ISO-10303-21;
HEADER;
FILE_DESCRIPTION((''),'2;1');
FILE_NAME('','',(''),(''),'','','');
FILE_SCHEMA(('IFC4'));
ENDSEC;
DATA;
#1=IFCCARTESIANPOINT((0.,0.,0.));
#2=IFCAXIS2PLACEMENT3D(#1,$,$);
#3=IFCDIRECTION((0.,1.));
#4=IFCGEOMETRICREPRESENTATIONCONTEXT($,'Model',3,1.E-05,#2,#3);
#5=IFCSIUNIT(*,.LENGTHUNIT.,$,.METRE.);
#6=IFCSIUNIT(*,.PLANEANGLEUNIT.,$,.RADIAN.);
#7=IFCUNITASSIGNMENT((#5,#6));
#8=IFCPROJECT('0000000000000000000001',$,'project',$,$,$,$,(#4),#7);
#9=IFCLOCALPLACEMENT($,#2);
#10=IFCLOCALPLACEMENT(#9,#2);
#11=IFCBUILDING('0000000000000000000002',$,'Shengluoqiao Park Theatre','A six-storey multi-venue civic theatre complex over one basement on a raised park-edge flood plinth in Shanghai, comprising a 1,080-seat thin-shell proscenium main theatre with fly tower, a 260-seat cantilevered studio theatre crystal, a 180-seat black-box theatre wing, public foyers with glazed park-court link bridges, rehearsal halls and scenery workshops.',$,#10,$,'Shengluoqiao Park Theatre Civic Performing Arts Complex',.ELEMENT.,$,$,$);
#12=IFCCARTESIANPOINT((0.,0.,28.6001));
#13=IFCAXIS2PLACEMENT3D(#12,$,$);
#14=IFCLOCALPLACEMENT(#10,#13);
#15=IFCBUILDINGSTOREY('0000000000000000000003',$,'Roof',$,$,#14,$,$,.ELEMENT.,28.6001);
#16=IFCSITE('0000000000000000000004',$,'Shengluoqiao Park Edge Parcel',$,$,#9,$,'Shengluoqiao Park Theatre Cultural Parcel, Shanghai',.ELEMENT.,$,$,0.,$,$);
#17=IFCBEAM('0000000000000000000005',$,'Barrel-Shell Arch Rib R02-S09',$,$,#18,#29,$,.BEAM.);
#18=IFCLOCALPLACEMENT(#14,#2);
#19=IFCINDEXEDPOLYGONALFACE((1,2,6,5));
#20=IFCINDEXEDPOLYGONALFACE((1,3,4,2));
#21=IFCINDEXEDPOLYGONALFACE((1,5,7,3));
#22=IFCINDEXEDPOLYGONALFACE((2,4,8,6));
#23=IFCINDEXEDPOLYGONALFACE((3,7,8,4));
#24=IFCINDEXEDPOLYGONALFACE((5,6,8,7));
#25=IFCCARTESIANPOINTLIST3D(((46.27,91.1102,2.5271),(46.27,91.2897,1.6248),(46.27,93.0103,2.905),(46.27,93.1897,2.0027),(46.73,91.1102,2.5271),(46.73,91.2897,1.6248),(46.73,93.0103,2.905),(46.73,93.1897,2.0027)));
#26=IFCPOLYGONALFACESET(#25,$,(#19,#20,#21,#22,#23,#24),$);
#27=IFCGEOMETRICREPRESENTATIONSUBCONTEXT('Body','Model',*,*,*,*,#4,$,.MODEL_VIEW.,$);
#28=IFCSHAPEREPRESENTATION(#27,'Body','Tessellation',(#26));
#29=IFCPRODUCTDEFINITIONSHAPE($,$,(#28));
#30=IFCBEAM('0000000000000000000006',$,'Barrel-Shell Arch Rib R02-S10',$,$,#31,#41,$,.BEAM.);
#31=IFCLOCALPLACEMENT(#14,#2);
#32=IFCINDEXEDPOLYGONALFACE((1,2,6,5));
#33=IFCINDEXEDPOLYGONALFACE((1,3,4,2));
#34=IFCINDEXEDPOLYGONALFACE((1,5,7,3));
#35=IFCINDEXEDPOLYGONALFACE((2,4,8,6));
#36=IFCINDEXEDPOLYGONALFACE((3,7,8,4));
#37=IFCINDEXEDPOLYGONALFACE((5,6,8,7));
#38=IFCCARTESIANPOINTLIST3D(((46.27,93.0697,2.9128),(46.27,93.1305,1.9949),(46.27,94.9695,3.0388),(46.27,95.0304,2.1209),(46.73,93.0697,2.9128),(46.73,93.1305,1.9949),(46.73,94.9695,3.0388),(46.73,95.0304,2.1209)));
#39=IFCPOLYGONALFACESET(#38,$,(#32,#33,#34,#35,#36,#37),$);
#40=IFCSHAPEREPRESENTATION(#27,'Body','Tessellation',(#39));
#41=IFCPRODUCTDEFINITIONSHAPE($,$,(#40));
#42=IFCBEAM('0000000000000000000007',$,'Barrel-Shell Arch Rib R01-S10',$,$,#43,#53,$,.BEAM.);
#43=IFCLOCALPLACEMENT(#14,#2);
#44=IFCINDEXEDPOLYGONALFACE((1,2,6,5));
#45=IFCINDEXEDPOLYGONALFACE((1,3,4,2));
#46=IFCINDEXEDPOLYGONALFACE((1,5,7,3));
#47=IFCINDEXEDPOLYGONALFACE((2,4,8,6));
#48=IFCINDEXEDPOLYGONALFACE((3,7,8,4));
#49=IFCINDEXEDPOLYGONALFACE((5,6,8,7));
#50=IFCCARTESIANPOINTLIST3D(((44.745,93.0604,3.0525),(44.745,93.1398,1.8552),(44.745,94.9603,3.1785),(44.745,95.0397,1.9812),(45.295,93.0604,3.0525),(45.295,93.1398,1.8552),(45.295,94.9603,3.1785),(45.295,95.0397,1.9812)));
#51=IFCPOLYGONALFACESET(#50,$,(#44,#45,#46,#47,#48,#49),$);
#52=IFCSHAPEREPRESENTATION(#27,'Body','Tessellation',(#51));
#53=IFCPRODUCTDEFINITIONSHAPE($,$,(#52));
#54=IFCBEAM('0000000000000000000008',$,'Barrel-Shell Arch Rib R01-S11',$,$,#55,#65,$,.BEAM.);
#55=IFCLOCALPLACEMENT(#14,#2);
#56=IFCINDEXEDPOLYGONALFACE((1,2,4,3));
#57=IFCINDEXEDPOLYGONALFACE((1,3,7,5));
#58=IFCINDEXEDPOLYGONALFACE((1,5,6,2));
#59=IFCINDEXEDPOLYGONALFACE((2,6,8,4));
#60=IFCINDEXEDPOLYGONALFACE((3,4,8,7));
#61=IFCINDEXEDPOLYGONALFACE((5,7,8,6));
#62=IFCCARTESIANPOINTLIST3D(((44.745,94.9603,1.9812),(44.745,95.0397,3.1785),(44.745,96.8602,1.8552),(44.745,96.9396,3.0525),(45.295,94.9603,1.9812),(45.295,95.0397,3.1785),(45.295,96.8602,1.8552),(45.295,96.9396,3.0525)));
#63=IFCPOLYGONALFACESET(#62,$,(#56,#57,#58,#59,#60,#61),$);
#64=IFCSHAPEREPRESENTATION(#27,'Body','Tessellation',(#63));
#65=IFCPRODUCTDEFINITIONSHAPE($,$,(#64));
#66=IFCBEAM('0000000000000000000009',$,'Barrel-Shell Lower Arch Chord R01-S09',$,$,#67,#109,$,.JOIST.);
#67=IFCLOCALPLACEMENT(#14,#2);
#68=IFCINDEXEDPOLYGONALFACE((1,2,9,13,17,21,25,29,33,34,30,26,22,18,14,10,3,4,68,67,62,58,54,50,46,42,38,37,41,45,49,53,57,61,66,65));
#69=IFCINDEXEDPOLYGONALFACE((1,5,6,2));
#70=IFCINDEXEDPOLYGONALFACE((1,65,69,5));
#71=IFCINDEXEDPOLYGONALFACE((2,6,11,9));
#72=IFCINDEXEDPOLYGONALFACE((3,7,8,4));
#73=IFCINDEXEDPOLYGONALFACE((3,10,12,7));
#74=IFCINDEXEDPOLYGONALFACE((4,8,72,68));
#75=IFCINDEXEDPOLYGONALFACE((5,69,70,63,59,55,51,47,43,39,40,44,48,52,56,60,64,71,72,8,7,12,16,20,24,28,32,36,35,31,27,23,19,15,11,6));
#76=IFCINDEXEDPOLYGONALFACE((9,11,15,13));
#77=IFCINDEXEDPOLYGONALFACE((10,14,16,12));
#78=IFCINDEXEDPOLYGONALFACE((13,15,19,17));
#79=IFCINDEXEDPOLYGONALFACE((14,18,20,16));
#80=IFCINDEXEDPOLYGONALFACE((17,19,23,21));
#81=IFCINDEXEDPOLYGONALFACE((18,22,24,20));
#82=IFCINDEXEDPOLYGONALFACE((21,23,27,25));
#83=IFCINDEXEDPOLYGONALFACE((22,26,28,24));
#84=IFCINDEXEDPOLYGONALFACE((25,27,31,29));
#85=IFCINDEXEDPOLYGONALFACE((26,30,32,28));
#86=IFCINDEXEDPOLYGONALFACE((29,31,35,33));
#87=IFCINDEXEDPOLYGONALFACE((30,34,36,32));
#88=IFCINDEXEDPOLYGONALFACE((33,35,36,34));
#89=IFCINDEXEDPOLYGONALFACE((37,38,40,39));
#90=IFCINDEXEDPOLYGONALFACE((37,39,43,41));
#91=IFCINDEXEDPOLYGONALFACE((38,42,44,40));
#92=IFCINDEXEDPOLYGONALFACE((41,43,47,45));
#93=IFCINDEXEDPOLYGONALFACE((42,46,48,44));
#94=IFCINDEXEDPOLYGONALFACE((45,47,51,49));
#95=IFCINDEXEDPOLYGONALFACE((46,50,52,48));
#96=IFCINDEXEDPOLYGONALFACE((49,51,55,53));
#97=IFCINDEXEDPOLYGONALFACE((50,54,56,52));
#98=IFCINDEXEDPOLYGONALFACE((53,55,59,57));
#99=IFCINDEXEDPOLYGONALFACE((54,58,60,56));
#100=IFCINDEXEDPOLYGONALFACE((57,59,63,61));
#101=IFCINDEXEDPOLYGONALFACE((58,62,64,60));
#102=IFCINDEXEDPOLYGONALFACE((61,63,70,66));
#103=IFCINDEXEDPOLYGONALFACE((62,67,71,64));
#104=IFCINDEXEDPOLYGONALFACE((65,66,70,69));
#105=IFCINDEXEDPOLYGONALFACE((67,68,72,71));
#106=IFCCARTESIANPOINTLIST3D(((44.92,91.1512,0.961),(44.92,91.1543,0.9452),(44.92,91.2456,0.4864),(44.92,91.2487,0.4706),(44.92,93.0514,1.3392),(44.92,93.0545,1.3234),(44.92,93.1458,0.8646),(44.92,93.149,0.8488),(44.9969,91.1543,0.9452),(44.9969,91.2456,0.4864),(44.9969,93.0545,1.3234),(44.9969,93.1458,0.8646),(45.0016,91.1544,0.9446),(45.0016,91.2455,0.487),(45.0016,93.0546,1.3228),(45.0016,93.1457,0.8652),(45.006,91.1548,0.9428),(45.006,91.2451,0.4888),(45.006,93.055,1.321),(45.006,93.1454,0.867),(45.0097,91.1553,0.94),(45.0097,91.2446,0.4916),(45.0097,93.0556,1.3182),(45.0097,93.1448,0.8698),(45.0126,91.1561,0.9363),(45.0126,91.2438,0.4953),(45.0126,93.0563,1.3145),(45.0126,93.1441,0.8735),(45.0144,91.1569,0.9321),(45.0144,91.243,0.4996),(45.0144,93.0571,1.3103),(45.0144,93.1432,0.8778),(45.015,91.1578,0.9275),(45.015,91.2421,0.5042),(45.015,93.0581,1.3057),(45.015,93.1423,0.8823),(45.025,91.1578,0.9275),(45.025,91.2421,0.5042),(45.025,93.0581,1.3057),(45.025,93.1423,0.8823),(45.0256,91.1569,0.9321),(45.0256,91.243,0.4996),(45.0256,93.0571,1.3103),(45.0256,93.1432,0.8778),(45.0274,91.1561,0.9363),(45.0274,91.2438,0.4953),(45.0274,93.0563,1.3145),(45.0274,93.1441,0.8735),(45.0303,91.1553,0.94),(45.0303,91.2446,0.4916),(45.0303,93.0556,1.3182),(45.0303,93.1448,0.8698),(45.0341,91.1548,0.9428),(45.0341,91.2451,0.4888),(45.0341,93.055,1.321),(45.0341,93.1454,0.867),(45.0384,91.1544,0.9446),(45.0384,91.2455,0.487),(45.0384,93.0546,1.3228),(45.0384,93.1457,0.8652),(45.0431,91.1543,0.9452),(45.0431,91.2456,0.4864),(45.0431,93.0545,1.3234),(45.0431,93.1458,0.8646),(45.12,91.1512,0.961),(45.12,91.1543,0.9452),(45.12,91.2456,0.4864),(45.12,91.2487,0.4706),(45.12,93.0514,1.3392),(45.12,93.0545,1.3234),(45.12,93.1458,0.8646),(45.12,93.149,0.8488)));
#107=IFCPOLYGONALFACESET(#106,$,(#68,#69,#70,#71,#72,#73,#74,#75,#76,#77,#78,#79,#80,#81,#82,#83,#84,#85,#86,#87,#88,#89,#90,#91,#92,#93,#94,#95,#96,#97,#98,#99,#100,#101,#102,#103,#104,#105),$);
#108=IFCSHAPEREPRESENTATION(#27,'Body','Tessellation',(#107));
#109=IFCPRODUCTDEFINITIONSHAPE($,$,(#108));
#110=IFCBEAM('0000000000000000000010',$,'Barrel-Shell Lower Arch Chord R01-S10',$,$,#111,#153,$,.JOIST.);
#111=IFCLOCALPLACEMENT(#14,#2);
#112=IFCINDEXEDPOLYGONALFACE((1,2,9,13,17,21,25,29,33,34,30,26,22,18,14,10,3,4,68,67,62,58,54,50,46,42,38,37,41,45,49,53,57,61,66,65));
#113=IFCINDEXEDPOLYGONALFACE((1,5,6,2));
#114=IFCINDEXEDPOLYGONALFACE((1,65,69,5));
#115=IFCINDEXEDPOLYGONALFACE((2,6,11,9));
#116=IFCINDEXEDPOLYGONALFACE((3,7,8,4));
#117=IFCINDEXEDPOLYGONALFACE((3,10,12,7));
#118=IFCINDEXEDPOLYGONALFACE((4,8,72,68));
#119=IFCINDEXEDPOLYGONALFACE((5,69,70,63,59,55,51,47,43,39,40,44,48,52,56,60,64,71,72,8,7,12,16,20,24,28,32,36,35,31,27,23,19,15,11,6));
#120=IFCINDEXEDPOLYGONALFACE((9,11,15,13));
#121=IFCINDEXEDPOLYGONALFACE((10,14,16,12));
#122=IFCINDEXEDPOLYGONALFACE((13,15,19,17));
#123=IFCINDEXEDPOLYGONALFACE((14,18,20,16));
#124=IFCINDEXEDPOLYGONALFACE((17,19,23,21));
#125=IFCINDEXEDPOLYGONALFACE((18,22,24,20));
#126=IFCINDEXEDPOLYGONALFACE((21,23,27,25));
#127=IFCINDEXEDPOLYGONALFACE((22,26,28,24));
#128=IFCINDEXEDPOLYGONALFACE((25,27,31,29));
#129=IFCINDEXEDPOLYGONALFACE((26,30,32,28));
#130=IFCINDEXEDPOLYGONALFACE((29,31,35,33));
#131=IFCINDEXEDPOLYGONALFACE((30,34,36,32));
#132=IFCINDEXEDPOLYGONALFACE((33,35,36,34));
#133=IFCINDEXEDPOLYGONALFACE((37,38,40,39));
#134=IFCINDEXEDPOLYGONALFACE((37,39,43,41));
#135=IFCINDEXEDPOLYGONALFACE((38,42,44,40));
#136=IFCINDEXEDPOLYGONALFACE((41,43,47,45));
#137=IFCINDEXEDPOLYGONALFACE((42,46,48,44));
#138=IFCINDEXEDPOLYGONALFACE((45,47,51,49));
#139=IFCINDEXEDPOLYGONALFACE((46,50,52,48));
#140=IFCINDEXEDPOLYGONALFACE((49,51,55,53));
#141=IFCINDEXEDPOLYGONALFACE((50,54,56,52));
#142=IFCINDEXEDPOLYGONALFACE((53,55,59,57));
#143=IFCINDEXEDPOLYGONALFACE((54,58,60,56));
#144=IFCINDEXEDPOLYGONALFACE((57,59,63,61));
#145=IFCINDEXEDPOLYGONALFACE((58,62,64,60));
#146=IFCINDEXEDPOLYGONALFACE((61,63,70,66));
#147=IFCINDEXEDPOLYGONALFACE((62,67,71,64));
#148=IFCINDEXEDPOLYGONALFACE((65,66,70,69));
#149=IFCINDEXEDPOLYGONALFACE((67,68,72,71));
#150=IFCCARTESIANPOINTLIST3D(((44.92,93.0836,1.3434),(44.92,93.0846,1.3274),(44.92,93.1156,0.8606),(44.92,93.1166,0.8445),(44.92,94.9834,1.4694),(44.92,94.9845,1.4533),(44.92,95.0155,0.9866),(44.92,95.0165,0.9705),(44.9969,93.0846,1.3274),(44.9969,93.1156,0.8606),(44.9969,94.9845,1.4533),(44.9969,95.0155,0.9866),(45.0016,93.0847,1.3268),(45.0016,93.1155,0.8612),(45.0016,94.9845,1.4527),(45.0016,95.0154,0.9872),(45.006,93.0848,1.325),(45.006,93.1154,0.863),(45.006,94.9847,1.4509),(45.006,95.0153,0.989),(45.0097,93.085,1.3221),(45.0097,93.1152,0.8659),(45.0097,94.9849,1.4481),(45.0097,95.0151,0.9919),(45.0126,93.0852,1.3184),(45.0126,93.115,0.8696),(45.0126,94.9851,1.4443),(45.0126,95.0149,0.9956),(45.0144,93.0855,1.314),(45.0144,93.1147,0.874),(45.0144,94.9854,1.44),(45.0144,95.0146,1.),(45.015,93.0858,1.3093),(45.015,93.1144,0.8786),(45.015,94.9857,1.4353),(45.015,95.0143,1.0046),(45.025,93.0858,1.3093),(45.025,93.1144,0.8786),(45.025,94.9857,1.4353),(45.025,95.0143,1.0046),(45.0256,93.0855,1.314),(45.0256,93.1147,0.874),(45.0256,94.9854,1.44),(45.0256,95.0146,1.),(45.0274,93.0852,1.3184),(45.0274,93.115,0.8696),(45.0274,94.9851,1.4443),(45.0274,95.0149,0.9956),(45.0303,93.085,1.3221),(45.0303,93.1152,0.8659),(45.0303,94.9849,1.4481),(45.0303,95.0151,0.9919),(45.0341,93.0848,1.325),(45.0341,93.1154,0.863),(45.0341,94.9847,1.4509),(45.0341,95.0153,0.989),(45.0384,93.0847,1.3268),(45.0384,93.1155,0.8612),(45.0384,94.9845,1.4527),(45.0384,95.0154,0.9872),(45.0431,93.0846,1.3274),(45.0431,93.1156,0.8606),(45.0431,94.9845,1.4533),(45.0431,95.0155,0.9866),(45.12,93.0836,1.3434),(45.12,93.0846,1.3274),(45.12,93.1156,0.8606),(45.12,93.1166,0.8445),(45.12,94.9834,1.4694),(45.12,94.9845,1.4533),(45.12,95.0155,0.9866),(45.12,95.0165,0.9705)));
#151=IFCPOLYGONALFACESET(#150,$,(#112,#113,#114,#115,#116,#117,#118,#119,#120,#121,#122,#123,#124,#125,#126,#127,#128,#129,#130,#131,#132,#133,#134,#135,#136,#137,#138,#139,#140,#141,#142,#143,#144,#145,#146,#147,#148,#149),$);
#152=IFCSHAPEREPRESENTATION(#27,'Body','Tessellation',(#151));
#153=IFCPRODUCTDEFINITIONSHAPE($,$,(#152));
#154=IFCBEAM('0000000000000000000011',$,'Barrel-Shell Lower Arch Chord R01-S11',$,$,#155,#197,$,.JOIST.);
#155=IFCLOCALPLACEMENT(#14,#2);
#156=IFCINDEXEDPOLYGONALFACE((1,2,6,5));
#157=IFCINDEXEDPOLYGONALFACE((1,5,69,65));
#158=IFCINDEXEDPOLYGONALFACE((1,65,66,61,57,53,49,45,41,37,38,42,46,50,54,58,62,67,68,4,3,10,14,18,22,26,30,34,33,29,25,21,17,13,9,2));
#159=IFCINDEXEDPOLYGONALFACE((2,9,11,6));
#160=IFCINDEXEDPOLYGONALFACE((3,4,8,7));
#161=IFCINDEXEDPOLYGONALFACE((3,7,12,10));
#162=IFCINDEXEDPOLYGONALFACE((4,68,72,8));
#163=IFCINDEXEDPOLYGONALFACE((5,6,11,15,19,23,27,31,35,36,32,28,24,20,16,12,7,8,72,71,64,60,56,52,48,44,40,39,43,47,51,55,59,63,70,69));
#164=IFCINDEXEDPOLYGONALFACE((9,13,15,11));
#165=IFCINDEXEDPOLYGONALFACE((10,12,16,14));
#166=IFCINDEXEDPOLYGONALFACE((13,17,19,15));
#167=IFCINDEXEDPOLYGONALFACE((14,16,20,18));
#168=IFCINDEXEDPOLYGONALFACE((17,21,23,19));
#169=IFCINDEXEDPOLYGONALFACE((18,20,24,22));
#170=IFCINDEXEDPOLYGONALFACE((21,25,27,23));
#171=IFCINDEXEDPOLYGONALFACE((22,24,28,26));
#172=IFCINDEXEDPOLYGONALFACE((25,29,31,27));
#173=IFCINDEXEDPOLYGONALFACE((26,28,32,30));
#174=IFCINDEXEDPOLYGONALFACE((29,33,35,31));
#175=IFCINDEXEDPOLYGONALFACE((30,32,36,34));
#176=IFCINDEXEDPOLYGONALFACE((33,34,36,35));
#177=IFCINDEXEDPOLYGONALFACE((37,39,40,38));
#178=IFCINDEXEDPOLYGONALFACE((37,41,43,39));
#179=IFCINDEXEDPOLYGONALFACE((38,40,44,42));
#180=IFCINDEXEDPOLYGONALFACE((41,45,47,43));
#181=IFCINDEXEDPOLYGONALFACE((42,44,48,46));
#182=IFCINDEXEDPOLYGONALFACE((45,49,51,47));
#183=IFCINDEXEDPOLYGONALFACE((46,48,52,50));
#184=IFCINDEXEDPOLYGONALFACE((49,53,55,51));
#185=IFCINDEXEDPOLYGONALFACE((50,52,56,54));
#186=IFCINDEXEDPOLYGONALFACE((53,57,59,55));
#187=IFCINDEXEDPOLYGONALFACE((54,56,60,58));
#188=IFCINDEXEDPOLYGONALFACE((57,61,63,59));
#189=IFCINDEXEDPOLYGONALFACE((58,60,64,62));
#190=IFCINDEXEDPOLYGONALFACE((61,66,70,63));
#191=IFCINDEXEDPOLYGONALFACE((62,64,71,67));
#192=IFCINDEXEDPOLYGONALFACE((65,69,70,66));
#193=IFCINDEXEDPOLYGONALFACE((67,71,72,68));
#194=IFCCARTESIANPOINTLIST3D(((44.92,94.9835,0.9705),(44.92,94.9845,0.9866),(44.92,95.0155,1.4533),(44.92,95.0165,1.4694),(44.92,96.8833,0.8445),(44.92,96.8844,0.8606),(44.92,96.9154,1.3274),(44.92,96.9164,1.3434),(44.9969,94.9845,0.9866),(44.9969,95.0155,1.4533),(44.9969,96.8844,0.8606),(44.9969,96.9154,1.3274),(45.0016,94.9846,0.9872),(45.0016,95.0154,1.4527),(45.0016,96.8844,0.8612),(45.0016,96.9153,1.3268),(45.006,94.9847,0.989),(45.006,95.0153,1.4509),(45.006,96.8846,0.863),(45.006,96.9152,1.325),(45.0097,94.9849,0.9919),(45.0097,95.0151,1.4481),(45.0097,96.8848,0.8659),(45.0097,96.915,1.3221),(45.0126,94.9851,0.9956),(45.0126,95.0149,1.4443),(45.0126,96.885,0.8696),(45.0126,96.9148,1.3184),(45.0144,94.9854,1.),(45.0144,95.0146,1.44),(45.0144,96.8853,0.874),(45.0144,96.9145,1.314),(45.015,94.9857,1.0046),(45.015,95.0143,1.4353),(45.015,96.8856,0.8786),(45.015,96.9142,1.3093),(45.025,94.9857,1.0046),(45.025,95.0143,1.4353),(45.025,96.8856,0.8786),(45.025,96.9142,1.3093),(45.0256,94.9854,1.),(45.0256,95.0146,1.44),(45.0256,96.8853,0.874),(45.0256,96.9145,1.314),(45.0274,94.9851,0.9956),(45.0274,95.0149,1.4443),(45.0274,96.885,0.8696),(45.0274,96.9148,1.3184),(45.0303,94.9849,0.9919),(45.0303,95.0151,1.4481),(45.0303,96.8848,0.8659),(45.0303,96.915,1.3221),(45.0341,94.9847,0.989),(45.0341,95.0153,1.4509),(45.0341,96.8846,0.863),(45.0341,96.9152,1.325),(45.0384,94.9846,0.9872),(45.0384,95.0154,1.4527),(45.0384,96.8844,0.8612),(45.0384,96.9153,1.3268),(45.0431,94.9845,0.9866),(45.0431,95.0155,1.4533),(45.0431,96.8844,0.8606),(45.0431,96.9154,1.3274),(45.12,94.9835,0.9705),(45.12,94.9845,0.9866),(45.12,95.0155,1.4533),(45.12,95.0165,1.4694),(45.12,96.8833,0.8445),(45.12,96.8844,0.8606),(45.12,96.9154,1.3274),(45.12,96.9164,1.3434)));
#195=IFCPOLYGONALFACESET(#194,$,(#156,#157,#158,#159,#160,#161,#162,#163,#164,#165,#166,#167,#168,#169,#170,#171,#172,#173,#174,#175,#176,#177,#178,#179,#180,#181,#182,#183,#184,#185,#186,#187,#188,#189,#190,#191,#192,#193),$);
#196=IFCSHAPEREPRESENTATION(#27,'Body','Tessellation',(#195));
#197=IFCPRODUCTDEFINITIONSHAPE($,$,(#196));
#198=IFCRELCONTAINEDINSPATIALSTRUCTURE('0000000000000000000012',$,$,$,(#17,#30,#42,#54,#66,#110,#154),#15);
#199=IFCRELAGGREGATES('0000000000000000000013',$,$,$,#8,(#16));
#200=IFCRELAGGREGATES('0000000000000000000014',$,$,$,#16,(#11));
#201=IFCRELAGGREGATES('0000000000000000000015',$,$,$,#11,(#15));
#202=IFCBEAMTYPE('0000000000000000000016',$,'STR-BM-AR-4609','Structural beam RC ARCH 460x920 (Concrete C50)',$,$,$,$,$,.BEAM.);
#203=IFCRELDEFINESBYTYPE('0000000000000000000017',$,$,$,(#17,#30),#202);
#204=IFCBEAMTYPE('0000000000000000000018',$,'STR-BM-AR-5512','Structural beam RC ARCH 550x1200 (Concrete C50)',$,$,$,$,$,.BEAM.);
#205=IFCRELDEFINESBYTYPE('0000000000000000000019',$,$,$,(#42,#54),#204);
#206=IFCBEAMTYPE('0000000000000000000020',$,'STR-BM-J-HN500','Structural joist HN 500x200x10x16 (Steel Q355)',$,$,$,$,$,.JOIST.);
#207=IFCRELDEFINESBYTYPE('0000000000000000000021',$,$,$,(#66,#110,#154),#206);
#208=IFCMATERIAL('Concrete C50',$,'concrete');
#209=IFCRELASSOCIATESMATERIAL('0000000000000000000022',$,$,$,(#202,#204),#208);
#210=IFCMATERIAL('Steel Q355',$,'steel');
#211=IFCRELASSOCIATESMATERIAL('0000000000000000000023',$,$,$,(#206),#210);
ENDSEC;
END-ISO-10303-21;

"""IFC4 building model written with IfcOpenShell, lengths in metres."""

from ifc_helpers import new_model, si_unit, direction, frame, origin, origin_2d, place, context, subcontext, project, spatial, rectangle, i_section, extrude, material, material_profile, profile_set, type_object, element, save


model = new_model("IFC4")

# Units and contexts
model_context = context("Model", 3, precision=1e-05, world=origin(), true_north=direction((0.0, 1.0)))
body_context = subcontext(model_context, "Body", "Model", "MODEL_VIEW")
ifc_project = project(units=[si_unit("LENGTHUNIT", "METRE"), si_unit("PLANEANGLEUNIT", "RADIAN")], contexts=[model_context])

# Site, building, storey
site_placement = place(None, origin())
site = spatial("IfcSite", under=ifc_project, at=site_placement, Name="Shengluoqiao Park Edge Parcel", LongName="Shengluoqiao Park Theatre Cultural Parcel, Shanghai", CompositionType="ELEMENT", RefElevation=0.0)
building_placement = place(site_placement, origin())
building = spatial("IfcBuilding", under=site, at=building_placement, Name="Shengluoqiao Park Theatre", Description="A six-storey multi-venue civic theatre complex over one basement on a raised park-edge flood plinth in Shanghai, comprising a 1,080-seat thin-shell proscenium main theatre with fly tower, a 260-seat cantilevered studio theatre crystal, a 180-seat black-box theatre wing, public foyers with glazed park-court link bridges, rehearsal halls and scenery workshops.", LongName="Shengluoqiao Park Theatre Civic Performing Arts Complex", CompositionType="ELEMENT")
storey_placement = place(building_placement, frame((0.0, 0.0, 28.6001)))
storey = spatial("IfcBuildingStorey", under=building, at=storey_placement, Name="Roof", CompositionType="ELEMENT", Elevation=28.6001)

# Beams
ifc_material_1 = material(Name="Concrete C50", Category="concrete")
ifc_material_profile_1 = material_profile(ifc_material_1, rectangle(XDim=0.46, YDim=0.9199, at=origin_2d()), Name="RC ARCH 460x920")
ifc_profile_set_1 = profile_set([ifc_material_profile_1], Name="Concrete C50")
beam_type_1 = type_object("IfcBeamType", Name="STR-BM-AR-4609", Description="Structural beam RC ARCH 460x920 (Concrete C50)", PredefinedType="BEAM", material=ifc_profile_set_1)
beam_1_placement = place(storey_placement, frame((46.5, 91.2, 2.0759), z_axis=(0.0, 0.980789, 0.195074), x_axis=(-1.0, 0.0, 0.0)))
element("IfcBeam", 1, at=beam_1_placement, inside=storey, type_object=beam_type_1, Name="Barrel-Shell Arch Rib R02-S09", PredefinedType="BEAM", context=body_context, shape_type="SweptSolid", body=[
    extrude(rectangle(XDim=0.46, YDim=0.9199, at=origin_2d()), origin(), (0.0, 0.0, 1.0), 1.9373),
])
beam_2_placement = place(storey_placement, frame((46.5, 93.1001, 2.4539), z_axis=(0.0, 0.997809, 0.066162), x_axis=(-1.0, 0.0, 0.0)))
element("IfcBeam", 2, at=beam_2_placement, inside=storey, type_object=beam_type_1, Name="Barrel-Shell Arch Rib R02-S10", PredefinedType="BEAM", context=body_context, shape_type="SweptSolid", body=[
    extrude(rectangle(XDim=0.46, YDim=0.9199, at=origin_2d()), origin(), (0.0, 0.0, 1.0), 1.9041),
])
ifc_material_profile_2 = material_profile(ifc_material_1, rectangle(XDim=0.55, YDim=1.2, at=origin_2d()), Name="RC ARCH 550x1200")
ifc_profile_set_2 = profile_set([ifc_material_profile_2], Name="Concrete C50")
beam_type_2 = type_object("IfcBeamType", Name="STR-BM-AR-5512", Description="Structural beam RC ARCH 550x1200 (Concrete C50)", PredefinedType="BEAM", material=ifc_profile_set_2)
for number, where, z_axis, x_axis, name in (
    (3, (45.02, 93.1001, 2.4539), (0.0, 0.997809, 0.066162), (-1.0, 0.0, 0.0), "Barrel-Shell Arch Rib R01-S10"),
    (4, (45.02, 95.0, 2.5798), (0.0, 0.997809, -0.066162), (-1.0, 0.0, 0.0), "Barrel-Shell Arch Rib R01-S11"),
):
    element("IfcBeam", number, at=place(storey_placement, frame(where, z_axis=z_axis, x_axis=x_axis)), inside=storey, type_object=beam_type_2, Name=name, PredefinedType="BEAM", context=body_context, shape_type="SweptSolid", body=[
        extrude(rectangle(XDim=0.55, YDim=1.2, at=origin_2d()), origin(), (0.0, 0.0, 1.0), 1.9041),
    ])
ifc_material_2 = material(Name="Steel Q355", Category="steel")
ifc_material_profile_3 = material_profile(ifc_material_2, i_section(OverallWidth=0.2, OverallDepth=0.5, WebThickness=0.01, FlangeThickness=0.0161, FilletRadius=0.0181, at=origin_2d()), Name="HN 500x200x10x16")
ifc_profile_set_3 = profile_set([ifc_material_profile_3], Name="Steel Q355")
beam_type_3 = type_object("IfcBeamType", Name="STR-BM-J-HN500", Description="Structural joist HN 500x200x10x16 (Steel Q355)", PredefinedType="JOIST", material=ifc_profile_set_3)
beam_3_placement = place(storey_placement, frame((45.02, 91.2, 0.7158), z_axis=(0.0, 0.980764, 0.195195), x_axis=(-1.0, 0.0, 0.0)))
element("IfcBeam", 5, at=beam_3_placement, inside=storey, type_object=beam_type_3, Name="Barrel-Shell Lower Arch Chord R01-S09", PredefinedType="JOIST", context=body_context, shape_type="SweptSolid", body=[
    extrude(i_section(OverallWidth=0.2, OverallDepth=0.5, WebThickness=0.01, FlangeThickness=0.0161, FilletRadius=0.0181, at=origin_2d()), origin(), (0.0, 0.0, 1.0), 1.9375),
])
for number, where, z_axis, x_axis, name in (
    (6, (45.02, 93.1001, 1.094), (0.0, 0.997809, 0.066162), (-1.0, 0.0, 0.0), "Barrel-Shell Lower Arch Chord R01-S10"),
    (7, (45.02, 95.0, 1.22), (0.0, 0.997809, -0.066162), (-1.0, 0.0, 0.0), "Barrel-Shell Lower Arch Chord R01-S11"),
):
    element("IfcBeam", number, at=place(storey_placement, frame(where, z_axis=z_axis, x_axis=x_axis)), inside=storey, type_object=beam_type_3, Name=name, PredefinedType="JOIST", context=body_context, shape_type="SweptSolid", body=[
        extrude(i_section(OverallWidth=0.2, OverallDepth=0.5, WebThickness=0.01, FlangeThickness=0.0161, FilletRadius=0.0181, at=origin_2d()), origin(), (0.0, 0.0, 1.0), 1.9041),
    ])

save(model, "model.ifc")
